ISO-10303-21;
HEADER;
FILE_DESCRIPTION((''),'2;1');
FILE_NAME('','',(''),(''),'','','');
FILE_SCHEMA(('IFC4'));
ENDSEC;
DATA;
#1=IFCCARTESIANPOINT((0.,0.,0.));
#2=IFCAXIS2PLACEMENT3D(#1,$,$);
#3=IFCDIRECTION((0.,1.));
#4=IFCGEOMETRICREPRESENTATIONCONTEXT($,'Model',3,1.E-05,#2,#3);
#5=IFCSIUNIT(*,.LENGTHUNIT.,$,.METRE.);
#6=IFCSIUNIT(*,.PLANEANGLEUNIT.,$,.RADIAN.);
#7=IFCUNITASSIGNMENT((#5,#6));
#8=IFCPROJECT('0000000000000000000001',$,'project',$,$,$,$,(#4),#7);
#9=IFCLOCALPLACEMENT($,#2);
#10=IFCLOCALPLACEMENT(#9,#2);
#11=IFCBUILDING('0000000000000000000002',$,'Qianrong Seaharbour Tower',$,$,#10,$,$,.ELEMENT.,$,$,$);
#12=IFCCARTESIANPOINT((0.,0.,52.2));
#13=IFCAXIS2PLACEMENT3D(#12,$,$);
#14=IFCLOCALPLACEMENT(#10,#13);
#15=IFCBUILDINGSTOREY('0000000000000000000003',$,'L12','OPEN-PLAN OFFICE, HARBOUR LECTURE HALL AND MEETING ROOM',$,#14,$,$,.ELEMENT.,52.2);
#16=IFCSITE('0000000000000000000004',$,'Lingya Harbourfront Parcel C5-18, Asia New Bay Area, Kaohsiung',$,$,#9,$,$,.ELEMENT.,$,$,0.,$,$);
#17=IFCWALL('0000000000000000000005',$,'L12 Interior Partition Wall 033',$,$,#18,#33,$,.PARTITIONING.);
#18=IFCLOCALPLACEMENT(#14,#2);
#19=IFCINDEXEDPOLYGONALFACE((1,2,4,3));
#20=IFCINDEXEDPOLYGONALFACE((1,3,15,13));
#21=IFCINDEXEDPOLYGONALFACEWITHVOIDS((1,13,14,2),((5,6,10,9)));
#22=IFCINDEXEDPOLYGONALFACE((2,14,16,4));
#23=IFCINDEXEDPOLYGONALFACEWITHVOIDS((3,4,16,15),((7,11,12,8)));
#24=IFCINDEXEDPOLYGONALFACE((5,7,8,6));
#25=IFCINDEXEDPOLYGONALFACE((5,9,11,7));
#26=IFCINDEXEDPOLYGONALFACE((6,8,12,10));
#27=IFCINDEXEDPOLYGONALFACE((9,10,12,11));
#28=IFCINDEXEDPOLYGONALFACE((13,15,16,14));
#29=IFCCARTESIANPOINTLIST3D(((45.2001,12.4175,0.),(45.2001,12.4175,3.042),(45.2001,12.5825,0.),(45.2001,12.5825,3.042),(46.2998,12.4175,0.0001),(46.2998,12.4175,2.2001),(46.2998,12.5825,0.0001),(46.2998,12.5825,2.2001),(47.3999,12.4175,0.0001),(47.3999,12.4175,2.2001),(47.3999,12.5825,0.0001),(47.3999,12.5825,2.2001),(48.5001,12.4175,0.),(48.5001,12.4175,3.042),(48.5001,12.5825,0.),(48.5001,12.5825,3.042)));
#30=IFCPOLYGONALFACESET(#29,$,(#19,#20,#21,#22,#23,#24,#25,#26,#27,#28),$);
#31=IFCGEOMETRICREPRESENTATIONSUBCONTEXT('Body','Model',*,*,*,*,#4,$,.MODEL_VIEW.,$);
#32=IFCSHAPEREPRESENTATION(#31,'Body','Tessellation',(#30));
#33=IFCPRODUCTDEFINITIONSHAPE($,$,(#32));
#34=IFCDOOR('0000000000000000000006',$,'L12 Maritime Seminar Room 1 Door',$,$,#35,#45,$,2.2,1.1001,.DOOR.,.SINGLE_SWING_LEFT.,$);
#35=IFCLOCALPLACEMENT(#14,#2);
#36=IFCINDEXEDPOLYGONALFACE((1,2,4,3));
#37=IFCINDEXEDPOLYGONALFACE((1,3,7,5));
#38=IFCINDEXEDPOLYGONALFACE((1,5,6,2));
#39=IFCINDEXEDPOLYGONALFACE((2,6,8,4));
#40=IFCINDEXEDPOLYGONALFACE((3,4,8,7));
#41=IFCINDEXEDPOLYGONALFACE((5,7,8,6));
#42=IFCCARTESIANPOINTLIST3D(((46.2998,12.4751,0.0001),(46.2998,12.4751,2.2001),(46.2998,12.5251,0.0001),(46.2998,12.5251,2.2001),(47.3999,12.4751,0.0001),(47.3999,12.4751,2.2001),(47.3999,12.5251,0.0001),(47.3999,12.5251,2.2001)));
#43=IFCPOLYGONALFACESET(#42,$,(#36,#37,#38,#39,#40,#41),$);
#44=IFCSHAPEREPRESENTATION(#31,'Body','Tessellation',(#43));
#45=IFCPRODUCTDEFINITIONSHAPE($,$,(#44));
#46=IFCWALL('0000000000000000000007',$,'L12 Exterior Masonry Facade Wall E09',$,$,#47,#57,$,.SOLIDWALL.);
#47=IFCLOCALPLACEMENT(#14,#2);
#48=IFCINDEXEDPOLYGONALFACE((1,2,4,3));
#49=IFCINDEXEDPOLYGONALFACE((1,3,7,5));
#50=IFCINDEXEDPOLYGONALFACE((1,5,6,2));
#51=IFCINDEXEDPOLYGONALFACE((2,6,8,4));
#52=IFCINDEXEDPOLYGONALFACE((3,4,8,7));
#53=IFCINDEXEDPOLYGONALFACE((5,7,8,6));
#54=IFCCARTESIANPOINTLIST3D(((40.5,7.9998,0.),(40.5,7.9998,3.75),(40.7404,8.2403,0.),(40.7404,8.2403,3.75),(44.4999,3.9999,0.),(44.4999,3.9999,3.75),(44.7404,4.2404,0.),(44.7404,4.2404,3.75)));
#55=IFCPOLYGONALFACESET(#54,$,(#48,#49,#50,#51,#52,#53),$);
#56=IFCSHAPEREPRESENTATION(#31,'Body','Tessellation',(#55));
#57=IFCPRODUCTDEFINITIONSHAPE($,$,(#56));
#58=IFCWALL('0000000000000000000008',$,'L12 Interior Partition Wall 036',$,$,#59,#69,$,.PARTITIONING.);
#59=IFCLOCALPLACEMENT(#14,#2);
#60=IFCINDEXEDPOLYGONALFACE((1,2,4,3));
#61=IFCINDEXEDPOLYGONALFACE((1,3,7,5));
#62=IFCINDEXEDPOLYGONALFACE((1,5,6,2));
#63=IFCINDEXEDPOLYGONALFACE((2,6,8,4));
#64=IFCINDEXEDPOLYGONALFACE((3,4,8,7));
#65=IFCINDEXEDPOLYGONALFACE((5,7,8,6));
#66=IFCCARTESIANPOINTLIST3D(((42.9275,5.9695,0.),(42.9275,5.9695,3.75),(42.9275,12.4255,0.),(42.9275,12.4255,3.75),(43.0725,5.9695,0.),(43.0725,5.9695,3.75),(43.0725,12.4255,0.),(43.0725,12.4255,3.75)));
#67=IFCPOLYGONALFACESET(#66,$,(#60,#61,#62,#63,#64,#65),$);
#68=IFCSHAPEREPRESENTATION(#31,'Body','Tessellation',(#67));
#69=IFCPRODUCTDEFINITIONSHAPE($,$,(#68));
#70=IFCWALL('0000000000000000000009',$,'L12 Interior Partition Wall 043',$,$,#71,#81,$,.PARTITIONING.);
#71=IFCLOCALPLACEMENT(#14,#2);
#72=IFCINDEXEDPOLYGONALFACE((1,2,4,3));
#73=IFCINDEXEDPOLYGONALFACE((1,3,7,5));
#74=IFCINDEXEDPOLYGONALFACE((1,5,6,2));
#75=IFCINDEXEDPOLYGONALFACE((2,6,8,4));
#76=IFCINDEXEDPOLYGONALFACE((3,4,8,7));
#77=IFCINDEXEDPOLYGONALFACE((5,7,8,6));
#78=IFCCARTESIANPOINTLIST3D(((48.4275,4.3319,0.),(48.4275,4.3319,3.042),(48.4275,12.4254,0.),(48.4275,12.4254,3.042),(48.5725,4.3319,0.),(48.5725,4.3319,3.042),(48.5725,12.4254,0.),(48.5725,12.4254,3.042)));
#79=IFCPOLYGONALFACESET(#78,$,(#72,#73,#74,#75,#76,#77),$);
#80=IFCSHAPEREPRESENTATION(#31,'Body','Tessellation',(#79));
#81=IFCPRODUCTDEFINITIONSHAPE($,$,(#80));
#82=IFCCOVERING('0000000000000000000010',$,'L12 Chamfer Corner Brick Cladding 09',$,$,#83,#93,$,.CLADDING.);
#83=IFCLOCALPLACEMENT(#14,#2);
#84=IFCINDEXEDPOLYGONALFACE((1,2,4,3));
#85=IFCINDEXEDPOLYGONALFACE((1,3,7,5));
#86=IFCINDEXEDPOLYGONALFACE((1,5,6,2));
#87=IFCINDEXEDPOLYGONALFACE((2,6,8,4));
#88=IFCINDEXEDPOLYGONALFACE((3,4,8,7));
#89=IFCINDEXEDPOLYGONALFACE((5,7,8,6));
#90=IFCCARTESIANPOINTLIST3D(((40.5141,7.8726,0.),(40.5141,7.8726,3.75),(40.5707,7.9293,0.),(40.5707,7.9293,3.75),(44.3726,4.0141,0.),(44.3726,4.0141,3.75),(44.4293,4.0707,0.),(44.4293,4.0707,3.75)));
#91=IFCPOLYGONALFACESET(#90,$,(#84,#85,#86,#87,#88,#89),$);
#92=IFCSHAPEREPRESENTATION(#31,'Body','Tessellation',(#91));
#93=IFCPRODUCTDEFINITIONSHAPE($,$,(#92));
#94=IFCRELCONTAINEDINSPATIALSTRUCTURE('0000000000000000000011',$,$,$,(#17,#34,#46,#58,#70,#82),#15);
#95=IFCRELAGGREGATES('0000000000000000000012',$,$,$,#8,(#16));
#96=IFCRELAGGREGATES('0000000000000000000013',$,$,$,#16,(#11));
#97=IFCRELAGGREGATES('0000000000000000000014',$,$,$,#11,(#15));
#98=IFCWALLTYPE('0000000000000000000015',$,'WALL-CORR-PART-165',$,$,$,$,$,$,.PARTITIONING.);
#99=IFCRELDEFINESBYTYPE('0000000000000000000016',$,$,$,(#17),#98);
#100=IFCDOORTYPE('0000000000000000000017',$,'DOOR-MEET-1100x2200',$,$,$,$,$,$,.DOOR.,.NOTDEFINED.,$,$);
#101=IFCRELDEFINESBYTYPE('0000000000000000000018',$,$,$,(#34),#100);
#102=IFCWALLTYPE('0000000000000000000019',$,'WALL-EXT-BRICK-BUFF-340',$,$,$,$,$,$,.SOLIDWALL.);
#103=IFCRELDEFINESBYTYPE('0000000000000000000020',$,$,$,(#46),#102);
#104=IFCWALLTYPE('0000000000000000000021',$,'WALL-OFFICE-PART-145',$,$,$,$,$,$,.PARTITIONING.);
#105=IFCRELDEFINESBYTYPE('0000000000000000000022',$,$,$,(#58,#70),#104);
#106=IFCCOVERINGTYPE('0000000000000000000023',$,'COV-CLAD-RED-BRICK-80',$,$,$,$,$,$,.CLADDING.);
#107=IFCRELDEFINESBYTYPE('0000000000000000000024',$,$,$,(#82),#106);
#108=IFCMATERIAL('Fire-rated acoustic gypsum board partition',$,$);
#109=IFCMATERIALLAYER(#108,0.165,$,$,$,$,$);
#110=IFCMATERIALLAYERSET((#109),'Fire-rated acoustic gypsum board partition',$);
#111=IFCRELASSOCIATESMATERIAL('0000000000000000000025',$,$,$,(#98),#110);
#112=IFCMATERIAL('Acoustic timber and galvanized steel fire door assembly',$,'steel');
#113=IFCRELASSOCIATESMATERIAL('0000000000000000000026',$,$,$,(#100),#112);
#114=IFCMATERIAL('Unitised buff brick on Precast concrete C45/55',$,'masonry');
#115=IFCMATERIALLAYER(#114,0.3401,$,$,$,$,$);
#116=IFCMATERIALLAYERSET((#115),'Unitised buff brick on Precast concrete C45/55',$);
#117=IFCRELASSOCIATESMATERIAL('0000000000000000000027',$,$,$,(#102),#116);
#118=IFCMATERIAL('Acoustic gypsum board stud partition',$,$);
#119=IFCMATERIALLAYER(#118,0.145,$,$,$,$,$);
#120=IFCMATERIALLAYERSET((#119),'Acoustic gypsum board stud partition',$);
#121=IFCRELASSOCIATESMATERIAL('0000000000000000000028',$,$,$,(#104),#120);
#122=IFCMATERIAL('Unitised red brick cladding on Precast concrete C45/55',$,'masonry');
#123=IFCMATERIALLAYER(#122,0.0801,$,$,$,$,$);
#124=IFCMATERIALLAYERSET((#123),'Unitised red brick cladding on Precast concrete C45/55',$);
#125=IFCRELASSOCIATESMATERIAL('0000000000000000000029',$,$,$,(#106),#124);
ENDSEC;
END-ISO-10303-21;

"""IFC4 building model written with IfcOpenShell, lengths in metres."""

from ifc_helpers import new_model, si_unit, direction, frame, frame_2d, origin, origin_2d, place, context, subcontext, project, spatial, rectangle, extrude, material, layer, layer_set, type_object, element, fill, save


model = new_model("IFC4")

# Units and contexts
model_context = context("Model", 3, precision=1e-05, world=origin(), true_north=direction((0.0, 1.0)))
body_context = subcontext(model_context, "Body", "Model", "MODEL_VIEW")
ifc_project = project(units=[si_unit("LENGTHUNIT", "METRE"), si_unit("PLANEANGLEUNIT", "RADIAN")], contexts=[model_context])

# Site, building, storey
site_placement = place(None, origin())
site = spatial("IfcSite", under=ifc_project, at=site_placement, Name="Lingya Harbourfront Parcel C5-18, Asia New Bay Area, Kaohsiung", CompositionType="ELEMENT", RefElevation=0.0)
building_placement = place(site_placement, origin())
building = spatial("IfcBuilding", under=site, at=building_placement, Name="Qianrong Seaharbour Tower", CompositionType="ELEMENT")
storey_placement = place(building_placement, frame((0.0, 0.0, 52.2)))
storey = spatial("IfcBuildingStorey", under=building, at=storey_placement, Name="L12", Description="OPEN-PLAN OFFICE, HARBOUR LECTURE HALL AND MEETING ROOM", CompositionType="ELEMENT", Elevation=52.2)

# Shared definitions
ifc_material_1 = material(Name="Fire-rated acoustic gypsum board partition")
ifc_layer_1 = layer(ifc_material_1, 0.165)
ifc_layer_set_1 = layer_set([ifc_layer_1], Name="Fire-rated acoustic gypsum board partition")
wall_type_1 = type_object("IfcWallType", Name="WALL-CORR-PART-165", PredefinedType="PARTITIONING", material=ifc_layer_set_1)
ifc_material_2 = material(Name="Acoustic timber and galvanized steel fire door assembly", Category="steel")

# Wall, opening, door
wall_1_placement = place(storey_placement, frame((48.5, 12.5, 0.0), z_axis=(0.0, 0.0, 1.0), x_axis=(-1.0, 0.0, 0.0)))
wall_1 = element("IfcWall", 1, at=wall_1_placement, inside=storey, type_object=wall_type_1, Name="L12 Interior Partition Wall 033", PredefinedType="PARTITIONING", context=body_context, shape_type="SweptSolid", body=[
    extrude(rectangle(XDim=3.3, YDim=0.165, at=frame_2d((1.6499, 0.0))), origin(), (0.0, 0.0, 1.0), 3.042),
])
opening_1_placement = place(wall_1_placement, frame((1.1001, 0.0, 0.0)))
opening_1 = element("IfcOpeningElement", 2, at=opening_1_placement, cuts=wall_1, PredefinedType="OPENING", context=body_context, shape_type="SweptSolid", body=[
    extrude(rectangle(XDim=1.1001, YDim=2.2, at=frame_2d((0.55, 1.1001))), frame((0.0, 0.0925, 0.0), z_axis=(0.0, -1.0, 0.0), x_axis=(1.0, 0.0, 0.0)), (0.0, 0.0, 1.0), 0.1851),
])
door_type_1 = type_object("IfcDoorType", Name="DOOR-MEET-1100x2200", OperationType="NOTDEFINED", PredefinedType="DOOR", material=ifc_material_2)
door_1_placement = place(opening_1_placement, origin())
door_1 = element("IfcDoor", 3, at=door_1_placement, inside=storey, type_object=door_type_1, Name="L12 Maritime Seminar Room 1 Door", OperationType="SINGLE_SWING_LEFT", OverallHeight=2.2, OverallWidth=1.1001, PredefinedType="DOOR", context=body_context, shape_type="SweptSolid", body=[
    extrude(rectangle(XDim=1.1001, YDim=2.2, at=frame_2d((0.55, 1.1001))), frame((0.0, 0.0249, 0.0), z_axis=(0.0, -1.0, 0.0), x_axis=(1.0, 0.0, 0.0)), (0.0, 0.0, 1.0), 0.05),
])
fill(opening_1, door_1)

# Walls
ifc_material_3 = material(Name="Unitised buff brick on Precast concrete C45/55", Category="masonry")
ifc_layer_2 = layer(ifc_material_3, 0.3401)
ifc_layer_set_2 = layer_set([ifc_layer_2], Name="Unitised buff brick on Precast concrete C45/55")
wall_type_2 = type_object("IfcWallType", Name="WALL-EXT-BRICK-BUFF-340", PredefinedType="SOLIDWALL", material=ifc_layer_set_2)
wall_2_placement = place(storey_placement, frame((44.6201, 4.1201, 0.0), z_axis=(0.0, 0.0, 1.0), x_axis=(-0.707107, 0.707107, 0.0)))
element("IfcWall", 4, at=wall_2_placement, inside=storey, type_object=wall_type_2, Name="L12 Exterior Masonry Facade Wall E09", PredefinedType="SOLIDWALL", context=body_context, shape_type="SweptSolid", body=[
    extrude(rectangle(XDim=5.6567, YDim=0.3401, at=frame_2d((2.8284, 0.0))), origin(), (0.0, 0.0, 1.0), 3.75),
])
ifc_material_4 = material(Name="Acoustic gypsum board stud partition")
ifc_layer_3 = layer(ifc_material_4, 0.145)
ifc_layer_set_3 = layer_set([ifc_layer_3], Name="Acoustic gypsum board stud partition")
wall_type_3 = type_object("IfcWallType", Name="WALL-OFFICE-PART-145", PredefinedType="PARTITIONING", material=ifc_layer_set_3)
wall_3_placement = place(storey_placement, frame((43.0, 12.4255, 0.0), z_axis=(0.0, 0.0, 1.0), x_axis=(0.0, -1.0, 0.0)))
element("IfcWall", 5, at=wall_3_placement, inside=storey, type_object=wall_type_3, Name="L12 Interior Partition Wall 036", PredefinedType="PARTITIONING", context=body_context, shape_type="SweptSolid", body=[
    extrude(rectangle(XDim=6.4561, YDim=0.145, at=frame_2d((3.228, 0.0))), origin(), (0.0, 0.0, 1.0), 3.75),
])
wall_4_placement = place(storey_placement, frame((48.5, 12.4255, 0.0), z_axis=(0.0, 0.0, 1.0), x_axis=(0.0, -1.0, 0.0)))
element("IfcWall", 6, at=wall_4_placement, inside=storey, type_object=wall_type_3, Name="L12 Interior Partition Wall 043", PredefinedType="PARTITIONING", context=body_context, shape_type="SweptSolid", body=[
    extrude(rectangle(XDim=8.0935, YDim=0.145, at=frame_2d((4.0469, 0.0))), origin(), (0.0, 0.0, 1.0), 3.042),
])

# Covering
ifc_material_5 = material(Name="Unitised red brick cladding on Precast concrete C45/55", Category="masonry")
ifc_layer_4 = layer(ifc_material_5, 0.0801)
ifc_layer_set_4 = layer_set([ifc_layer_4], Name="Unitised red brick cladding on Precast concrete C45/55")
covering_type = type_object("IfcCoveringType", Name="COV-CLAD-RED-BRICK-80", PredefinedType="CLADDING", material=ifc_layer_set_4)
covering_placement = place(storey_placement, frame((42.4717, 5.9717, 0.0), z_axis=(0.0, 0.0, 1.0), x_axis=(-0.707107, 0.707107, 0.0)))
element("IfcCovering", 7, at=covering_placement, inside=storey, type_object=covering_type, Name="L12 Chamfer Corner Brick Cladding 09", PredefinedType="CLADDING", context=body_context, shape_type="SweptSolid", body=[
    extrude(rectangle(XDim=5.4568, YDim=0.0801, at=origin_2d()), origin(), (0.0, 0.0, 1.0), 3.75),
])

save(model, "model.ifc")
